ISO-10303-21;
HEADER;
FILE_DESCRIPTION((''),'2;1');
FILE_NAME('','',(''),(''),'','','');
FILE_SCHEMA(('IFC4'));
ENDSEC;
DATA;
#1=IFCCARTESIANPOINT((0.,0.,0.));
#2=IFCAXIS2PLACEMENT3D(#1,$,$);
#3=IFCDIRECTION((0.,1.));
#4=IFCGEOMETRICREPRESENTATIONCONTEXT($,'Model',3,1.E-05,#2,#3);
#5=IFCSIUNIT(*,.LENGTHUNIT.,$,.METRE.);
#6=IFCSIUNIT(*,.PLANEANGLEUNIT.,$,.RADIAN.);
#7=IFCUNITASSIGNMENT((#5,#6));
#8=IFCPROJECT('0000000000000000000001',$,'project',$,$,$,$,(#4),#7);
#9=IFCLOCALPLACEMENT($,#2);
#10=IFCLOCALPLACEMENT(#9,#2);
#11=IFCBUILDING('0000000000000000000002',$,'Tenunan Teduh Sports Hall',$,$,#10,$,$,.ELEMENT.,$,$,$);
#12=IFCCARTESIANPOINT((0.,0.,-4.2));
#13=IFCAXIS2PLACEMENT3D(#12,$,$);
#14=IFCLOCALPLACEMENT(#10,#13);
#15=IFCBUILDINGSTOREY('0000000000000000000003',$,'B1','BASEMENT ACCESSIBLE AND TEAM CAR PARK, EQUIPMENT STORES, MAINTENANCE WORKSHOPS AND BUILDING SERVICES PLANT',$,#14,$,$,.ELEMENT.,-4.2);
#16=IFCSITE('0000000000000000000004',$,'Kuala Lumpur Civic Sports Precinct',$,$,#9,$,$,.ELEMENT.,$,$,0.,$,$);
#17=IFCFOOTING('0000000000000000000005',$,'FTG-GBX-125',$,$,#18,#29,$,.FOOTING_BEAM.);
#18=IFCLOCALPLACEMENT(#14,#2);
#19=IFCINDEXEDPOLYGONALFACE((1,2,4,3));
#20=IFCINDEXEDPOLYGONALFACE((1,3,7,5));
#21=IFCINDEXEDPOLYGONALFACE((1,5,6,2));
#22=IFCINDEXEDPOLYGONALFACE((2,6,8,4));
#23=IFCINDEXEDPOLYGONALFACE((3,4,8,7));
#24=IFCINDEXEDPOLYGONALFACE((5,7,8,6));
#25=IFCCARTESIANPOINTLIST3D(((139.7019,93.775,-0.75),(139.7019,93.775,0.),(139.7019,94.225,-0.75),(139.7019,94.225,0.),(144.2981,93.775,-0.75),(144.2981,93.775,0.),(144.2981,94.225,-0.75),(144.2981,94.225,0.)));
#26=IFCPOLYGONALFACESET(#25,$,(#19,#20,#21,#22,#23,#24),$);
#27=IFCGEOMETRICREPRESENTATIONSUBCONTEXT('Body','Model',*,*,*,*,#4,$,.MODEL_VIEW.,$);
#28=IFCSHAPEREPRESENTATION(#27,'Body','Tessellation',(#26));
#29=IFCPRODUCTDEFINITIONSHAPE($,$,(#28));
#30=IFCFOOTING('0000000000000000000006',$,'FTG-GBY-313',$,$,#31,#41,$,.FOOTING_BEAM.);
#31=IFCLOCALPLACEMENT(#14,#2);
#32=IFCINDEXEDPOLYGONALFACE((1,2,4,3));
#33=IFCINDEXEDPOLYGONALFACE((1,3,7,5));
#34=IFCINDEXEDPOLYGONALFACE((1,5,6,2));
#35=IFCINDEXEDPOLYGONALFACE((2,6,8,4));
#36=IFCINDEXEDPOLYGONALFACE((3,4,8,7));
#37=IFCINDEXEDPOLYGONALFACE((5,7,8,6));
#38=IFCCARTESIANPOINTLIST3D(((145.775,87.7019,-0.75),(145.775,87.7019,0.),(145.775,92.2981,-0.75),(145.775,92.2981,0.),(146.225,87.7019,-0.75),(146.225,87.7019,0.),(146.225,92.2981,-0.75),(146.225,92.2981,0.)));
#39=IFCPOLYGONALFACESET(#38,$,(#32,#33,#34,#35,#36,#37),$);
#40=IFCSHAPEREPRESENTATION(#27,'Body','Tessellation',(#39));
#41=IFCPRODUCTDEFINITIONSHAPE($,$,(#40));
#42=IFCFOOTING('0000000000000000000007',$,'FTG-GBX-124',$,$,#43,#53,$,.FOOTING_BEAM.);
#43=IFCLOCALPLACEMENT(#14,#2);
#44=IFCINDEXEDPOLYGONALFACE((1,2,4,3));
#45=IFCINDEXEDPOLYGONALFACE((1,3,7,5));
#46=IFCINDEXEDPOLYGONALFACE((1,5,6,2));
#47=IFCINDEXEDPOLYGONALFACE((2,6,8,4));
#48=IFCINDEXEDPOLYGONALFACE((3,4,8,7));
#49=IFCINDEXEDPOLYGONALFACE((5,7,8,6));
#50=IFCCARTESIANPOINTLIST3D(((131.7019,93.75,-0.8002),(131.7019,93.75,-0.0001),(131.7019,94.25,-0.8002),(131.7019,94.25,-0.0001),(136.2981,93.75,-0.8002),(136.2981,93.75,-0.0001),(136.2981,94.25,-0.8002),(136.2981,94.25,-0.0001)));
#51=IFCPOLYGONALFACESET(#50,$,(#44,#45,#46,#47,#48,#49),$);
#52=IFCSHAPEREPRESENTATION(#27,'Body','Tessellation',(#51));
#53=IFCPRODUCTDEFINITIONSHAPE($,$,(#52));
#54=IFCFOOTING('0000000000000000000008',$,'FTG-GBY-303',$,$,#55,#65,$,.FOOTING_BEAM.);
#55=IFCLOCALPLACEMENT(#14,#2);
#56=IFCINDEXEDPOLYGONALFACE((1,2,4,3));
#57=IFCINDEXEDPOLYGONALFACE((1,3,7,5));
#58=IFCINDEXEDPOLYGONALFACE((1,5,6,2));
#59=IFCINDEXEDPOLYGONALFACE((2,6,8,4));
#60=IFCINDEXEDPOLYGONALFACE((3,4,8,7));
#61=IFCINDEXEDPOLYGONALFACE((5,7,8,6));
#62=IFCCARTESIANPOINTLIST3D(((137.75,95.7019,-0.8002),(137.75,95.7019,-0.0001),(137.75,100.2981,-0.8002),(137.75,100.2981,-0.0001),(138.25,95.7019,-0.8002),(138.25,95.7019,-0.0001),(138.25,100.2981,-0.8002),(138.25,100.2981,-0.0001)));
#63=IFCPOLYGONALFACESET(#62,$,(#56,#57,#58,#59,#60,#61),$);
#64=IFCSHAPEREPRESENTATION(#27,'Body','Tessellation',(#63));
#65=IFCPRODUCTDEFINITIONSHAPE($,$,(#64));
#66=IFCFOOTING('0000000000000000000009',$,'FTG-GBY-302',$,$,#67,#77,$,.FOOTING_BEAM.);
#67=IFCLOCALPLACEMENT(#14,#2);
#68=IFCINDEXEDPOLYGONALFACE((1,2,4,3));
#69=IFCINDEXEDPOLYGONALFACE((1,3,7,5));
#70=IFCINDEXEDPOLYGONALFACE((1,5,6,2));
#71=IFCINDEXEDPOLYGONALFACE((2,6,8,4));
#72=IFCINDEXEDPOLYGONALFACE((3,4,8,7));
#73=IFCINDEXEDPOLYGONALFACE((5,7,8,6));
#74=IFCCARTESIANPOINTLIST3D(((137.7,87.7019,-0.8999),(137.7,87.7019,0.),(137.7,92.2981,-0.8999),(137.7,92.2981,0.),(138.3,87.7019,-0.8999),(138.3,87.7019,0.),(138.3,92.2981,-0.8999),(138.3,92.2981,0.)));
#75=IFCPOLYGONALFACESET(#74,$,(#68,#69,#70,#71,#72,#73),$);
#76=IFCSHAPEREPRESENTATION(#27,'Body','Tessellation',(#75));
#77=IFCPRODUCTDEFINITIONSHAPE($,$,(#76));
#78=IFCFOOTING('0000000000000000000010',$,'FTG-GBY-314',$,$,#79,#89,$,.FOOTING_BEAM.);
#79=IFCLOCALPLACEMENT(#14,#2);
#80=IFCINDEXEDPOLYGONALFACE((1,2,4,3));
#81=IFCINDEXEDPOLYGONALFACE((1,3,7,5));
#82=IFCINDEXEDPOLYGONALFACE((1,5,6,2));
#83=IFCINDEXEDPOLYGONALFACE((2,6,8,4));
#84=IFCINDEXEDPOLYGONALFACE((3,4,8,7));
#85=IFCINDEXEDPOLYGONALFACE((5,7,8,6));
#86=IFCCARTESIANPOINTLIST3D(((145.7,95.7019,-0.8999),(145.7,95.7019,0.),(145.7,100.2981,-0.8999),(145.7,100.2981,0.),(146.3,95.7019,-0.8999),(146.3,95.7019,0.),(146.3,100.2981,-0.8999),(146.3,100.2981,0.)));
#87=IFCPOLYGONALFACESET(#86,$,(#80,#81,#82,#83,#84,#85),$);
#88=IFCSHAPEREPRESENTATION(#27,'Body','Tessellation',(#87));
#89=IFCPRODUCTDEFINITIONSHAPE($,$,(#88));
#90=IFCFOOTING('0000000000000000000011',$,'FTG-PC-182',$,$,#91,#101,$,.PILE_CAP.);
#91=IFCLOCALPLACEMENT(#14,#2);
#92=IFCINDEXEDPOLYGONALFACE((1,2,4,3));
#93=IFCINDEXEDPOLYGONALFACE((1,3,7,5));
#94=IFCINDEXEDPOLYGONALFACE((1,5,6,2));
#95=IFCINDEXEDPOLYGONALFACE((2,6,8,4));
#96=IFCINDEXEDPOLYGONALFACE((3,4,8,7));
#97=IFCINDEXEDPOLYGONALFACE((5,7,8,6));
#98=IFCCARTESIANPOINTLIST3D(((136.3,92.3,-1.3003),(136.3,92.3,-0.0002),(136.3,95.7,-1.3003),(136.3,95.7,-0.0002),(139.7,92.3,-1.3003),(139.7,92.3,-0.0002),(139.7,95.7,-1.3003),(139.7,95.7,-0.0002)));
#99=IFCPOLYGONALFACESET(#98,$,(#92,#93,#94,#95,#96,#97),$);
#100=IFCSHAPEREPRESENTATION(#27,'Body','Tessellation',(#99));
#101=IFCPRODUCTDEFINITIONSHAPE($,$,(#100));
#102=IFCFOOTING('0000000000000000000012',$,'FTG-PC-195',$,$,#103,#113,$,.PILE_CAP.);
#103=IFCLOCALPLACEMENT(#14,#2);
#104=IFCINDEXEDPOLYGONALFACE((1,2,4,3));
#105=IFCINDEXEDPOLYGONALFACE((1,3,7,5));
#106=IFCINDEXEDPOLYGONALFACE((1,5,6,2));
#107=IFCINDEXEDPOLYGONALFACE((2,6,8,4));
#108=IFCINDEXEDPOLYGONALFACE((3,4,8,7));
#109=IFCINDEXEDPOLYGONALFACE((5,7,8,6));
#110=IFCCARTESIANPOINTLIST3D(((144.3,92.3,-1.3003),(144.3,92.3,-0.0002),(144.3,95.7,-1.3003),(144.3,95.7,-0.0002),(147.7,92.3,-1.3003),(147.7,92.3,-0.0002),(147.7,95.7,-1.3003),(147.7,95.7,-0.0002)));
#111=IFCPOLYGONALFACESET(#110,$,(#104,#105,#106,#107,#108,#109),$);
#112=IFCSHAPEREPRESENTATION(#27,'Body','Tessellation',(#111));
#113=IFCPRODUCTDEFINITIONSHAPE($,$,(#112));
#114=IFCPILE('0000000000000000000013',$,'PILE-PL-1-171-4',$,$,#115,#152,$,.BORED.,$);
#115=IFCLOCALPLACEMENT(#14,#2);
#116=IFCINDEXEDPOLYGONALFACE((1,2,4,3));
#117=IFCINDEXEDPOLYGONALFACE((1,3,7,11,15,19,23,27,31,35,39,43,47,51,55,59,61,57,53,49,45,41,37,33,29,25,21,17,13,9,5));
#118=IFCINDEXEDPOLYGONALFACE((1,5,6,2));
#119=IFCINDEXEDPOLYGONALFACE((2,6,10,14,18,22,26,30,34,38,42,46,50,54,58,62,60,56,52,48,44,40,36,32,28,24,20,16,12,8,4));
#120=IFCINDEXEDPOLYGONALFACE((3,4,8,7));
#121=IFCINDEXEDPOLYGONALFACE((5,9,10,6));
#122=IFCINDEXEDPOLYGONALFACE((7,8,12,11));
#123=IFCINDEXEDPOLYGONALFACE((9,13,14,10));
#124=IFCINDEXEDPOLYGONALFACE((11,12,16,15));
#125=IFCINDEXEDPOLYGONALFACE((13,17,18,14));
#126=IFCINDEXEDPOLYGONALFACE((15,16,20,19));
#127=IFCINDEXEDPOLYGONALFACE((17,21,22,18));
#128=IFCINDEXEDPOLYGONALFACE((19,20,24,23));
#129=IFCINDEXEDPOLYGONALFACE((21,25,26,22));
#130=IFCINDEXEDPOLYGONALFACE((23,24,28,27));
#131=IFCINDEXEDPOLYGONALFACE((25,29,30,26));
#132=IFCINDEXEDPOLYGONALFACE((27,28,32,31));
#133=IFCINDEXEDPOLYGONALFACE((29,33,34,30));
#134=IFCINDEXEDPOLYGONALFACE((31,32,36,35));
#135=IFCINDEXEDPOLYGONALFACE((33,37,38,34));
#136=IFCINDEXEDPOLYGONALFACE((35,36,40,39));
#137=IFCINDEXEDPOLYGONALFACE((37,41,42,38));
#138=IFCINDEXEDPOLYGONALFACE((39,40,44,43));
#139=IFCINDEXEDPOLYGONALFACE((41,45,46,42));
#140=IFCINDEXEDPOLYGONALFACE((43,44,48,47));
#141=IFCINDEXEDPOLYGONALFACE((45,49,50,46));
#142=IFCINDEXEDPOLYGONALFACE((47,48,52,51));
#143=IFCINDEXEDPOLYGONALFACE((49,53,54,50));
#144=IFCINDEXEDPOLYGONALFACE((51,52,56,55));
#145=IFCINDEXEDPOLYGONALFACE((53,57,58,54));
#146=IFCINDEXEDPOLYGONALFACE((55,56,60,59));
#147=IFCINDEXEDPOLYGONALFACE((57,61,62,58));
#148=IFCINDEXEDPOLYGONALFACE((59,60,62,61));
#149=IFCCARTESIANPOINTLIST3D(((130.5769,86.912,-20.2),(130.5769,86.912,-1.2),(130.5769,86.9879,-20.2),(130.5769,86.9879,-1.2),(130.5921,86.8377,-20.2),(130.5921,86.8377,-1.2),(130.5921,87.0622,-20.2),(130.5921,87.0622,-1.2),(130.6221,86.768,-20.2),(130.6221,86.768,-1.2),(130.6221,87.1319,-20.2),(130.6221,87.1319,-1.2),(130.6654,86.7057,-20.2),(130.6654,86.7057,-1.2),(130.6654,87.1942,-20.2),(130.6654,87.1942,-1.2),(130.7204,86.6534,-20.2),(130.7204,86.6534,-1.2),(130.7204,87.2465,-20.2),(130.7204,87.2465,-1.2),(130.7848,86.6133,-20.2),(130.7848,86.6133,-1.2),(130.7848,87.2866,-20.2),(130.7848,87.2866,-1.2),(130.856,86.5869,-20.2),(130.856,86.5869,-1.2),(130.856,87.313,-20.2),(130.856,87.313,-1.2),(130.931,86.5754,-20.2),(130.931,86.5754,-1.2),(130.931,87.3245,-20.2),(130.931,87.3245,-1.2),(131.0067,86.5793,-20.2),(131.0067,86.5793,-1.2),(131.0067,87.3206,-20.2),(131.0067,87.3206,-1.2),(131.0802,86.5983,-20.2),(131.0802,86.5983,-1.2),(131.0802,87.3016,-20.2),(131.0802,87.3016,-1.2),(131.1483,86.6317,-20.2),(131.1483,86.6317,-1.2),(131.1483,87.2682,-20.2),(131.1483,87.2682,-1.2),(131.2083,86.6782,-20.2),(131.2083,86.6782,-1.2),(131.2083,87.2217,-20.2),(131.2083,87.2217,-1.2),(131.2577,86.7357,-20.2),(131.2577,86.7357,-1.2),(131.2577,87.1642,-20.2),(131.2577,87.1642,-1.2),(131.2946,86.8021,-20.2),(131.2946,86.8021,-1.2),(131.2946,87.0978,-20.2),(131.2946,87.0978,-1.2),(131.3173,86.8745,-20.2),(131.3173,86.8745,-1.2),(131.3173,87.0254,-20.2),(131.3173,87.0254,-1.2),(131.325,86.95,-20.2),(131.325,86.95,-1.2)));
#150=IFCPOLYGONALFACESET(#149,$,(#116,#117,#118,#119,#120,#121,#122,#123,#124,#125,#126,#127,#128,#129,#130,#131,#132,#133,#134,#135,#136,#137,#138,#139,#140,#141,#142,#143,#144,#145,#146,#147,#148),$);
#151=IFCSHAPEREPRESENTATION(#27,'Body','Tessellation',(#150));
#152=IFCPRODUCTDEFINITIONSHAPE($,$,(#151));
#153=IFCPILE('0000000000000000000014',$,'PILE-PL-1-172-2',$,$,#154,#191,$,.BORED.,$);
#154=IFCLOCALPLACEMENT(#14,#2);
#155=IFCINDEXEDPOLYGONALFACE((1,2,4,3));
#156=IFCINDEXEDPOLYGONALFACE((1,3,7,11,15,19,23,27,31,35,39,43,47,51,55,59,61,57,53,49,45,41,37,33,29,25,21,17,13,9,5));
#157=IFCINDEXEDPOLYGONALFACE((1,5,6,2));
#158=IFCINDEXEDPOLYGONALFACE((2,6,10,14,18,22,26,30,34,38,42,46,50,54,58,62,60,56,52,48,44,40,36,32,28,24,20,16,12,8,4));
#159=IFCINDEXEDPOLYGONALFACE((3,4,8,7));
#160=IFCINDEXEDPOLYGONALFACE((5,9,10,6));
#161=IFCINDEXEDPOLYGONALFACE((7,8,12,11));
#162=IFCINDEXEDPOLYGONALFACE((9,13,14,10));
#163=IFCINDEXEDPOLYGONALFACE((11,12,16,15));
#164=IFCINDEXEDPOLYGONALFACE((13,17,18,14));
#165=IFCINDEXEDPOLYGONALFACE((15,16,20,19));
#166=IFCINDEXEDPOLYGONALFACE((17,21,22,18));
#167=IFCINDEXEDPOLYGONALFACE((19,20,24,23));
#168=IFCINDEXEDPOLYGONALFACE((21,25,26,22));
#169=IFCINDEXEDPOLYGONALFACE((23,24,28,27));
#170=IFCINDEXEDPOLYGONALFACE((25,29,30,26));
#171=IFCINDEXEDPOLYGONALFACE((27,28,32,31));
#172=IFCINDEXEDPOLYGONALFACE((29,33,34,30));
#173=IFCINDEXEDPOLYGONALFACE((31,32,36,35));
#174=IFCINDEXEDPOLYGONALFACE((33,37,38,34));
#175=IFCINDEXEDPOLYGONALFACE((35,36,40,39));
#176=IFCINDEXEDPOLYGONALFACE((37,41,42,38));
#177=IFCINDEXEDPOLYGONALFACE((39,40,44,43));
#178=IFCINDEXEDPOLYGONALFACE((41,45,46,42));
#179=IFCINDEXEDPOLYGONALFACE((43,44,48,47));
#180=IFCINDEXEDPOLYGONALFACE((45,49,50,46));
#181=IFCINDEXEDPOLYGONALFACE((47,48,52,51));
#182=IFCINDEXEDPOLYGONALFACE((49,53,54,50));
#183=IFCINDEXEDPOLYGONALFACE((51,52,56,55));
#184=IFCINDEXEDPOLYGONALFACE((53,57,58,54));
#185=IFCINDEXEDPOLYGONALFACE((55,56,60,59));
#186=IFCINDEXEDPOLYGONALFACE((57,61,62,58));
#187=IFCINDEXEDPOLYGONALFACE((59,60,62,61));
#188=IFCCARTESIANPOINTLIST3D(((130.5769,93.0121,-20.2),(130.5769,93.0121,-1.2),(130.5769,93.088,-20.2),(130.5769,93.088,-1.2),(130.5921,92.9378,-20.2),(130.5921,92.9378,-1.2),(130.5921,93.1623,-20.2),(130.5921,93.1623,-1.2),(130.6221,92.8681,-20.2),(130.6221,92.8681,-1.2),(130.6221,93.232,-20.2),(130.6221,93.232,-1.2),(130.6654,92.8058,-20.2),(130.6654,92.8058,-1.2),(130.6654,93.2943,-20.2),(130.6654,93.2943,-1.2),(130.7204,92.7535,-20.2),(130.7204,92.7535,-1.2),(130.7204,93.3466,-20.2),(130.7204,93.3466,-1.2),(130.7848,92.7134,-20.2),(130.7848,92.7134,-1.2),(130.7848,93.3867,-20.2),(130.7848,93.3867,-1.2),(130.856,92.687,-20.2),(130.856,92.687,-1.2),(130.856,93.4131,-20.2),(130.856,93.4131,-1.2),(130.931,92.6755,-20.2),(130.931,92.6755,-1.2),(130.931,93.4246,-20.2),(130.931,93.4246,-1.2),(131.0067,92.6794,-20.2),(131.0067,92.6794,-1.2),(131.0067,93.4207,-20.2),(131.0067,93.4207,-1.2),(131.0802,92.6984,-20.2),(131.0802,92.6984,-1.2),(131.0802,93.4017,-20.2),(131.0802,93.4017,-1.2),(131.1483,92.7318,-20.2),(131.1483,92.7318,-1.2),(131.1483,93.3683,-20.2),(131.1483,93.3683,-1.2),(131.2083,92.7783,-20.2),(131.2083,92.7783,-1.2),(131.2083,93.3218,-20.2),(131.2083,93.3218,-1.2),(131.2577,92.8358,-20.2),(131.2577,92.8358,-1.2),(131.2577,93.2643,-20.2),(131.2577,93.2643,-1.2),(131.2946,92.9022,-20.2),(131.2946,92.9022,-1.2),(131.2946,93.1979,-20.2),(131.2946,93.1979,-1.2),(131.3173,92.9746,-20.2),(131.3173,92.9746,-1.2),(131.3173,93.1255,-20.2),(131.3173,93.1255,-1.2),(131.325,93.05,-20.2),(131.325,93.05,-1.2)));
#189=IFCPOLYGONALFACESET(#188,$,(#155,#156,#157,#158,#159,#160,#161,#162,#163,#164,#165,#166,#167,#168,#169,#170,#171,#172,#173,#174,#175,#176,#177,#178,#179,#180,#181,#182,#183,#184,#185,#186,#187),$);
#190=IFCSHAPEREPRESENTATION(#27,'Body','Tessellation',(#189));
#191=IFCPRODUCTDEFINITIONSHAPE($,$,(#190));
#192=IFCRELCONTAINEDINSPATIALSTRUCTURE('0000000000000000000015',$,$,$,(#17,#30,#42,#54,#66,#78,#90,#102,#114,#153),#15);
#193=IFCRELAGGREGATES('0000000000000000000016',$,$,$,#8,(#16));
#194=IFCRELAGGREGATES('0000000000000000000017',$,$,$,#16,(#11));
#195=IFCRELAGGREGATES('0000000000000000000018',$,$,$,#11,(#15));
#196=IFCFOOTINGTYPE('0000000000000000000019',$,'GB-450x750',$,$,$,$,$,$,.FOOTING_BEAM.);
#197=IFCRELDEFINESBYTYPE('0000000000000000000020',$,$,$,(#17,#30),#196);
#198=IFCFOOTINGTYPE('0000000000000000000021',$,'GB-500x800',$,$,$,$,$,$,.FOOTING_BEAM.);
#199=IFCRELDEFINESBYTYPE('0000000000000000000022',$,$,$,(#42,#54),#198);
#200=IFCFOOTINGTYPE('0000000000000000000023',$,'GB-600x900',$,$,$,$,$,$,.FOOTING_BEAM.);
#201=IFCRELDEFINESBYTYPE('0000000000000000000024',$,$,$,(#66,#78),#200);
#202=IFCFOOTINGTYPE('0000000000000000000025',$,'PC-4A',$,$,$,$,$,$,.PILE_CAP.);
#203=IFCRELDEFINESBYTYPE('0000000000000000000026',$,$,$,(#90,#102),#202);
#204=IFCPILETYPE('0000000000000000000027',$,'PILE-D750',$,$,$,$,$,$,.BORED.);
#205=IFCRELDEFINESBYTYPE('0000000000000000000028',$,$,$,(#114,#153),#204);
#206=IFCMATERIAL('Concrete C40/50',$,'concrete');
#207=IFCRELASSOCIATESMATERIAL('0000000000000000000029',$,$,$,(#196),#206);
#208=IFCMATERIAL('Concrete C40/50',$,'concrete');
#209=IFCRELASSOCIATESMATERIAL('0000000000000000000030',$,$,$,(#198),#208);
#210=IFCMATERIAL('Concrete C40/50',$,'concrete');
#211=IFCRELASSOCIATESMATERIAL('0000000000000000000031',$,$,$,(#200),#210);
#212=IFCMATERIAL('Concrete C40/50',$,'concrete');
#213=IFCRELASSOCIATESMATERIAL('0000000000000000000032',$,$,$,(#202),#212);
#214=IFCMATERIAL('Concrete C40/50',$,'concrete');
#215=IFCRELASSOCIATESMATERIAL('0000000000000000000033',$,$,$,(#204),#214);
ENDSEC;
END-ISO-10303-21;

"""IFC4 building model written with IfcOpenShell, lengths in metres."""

from ifc_helpers import new_model, si_unit, direction, frame, origin, origin_2d, place, context, subcontext, project, spatial, rectangle, circle, extrude, material, material_profile, profile_set, type_object, element, save


model = new_model("IFC4")

# Units and contexts
model_context = context("Model", 3, precision=1e-05, world=origin(), true_north=direction((0.0, 1.0)))
body_context = subcontext(model_context, "Body", "Model", "MODEL_VIEW")
ifc_project = project(units=[si_unit("LENGTHUNIT", "METRE"), si_unit("PLANEANGLEUNIT", "RADIAN")], contexts=[model_context])

# Site, building, storey
site_placement = place(None, origin())
site = spatial("IfcSite", under=ifc_project, at=site_placement, Name="Kuala Lumpur Civic Sports Precinct", CompositionType="ELEMENT", RefElevation=0.0)
building_placement = place(site_placement, origin())
building = spatial("IfcBuilding", under=site, at=building_placement, Name="Tenunan Teduh Sports Hall", CompositionType="ELEMENT")
storey_placement = place(building_placement, frame((0.0, 0.0, -4.2)))
storey = spatial("IfcBuildingStorey", under=building, at=storey_placement, Name="B1", Description="BASEMENT ACCESSIBLE AND TEAM CAR PARK, EQUIPMENT STORES, MAINTENANCE WORKSHOPS AND BUILDING SERVICES PLANT", CompositionType="ELEMENT", Elevation=-4.2)

# Footings
ifc_material_1 = material(Name="Concrete C40/50", Category="concrete")
ifc_material_profile_1 = material_profile(ifc_material_1, rectangle(XDim=0.45, YDim=0.75, at=origin_2d()), Name="RCB 450x750")
ifc_profile_set_1 = profile_set([ifc_material_profile_1], Name="Concrete C40/50")
footing_type_1 = type_object("IfcFootingType", Name="GB-450x750", PredefinedType="FOOTING_BEAM", material=ifc_profile_set_1)
for number, where, z_axis, x_axis, name in (
    (1, (139.7019, 94.0, -0.375), (1.0, 0.0, 0.0), (0.0, 1.0, 0.0), "FTG-GBX-125"),
    (2, (146.0, 87.7019, -0.375), (0.0, 1.0, 0.0), (-1.0, 0.0, 0.0), "FTG-GBY-313"),
):
    element("IfcFooting", number, at=place(storey_placement, frame(where, z_axis=z_axis, x_axis=x_axis)), inside=storey, type_object=footing_type_1, Name=name, PredefinedType="FOOTING_BEAM", context=body_context, shape_type="SweptSolid", body=[
        extrude(rectangle(XDim=0.45, YDim=0.75, at=origin_2d()), origin(), (0.0, 0.0, 1.0), 4.5962),
    ])
ifc_material_2 = material(Name="Concrete C40/50", Category="concrete")
ifc_material_profile_2 = material_profile(ifc_material_2, rectangle(XDim=0.5, YDim=0.8, at=origin_2d()), Name="RCB 500x800")
ifc_profile_set_2 = profile_set([ifc_material_profile_2], Name="Concrete C40/50")
footing_type_2 = type_object("IfcFootingType", Name="GB-500x800", PredefinedType="FOOTING_BEAM", material=ifc_profile_set_2)
for number, where, z_axis, x_axis, name in (
    (3, (131.7019, 94.0, -0.4001), (1.0, 0.0, 0.0), (0.0, 1.0, 0.0), "FTG-GBX-124"),
    (4, (138.0, 95.7019, -0.4001), (0.0, 1.0, 0.0), (-1.0, 0.0, 0.0), "FTG-GBY-303"),
):
    element("IfcFooting", number, at=place(storey_placement, frame(where, z_axis=z_axis, x_axis=x_axis)), inside=storey, type_object=footing_type_2, Name=name, PredefinedType="FOOTING_BEAM", context=body_context, shape_type="SweptSolid", body=[
        extrude(rectangle(XDim=0.5, YDim=0.8, at=origin_2d()), origin(), (0.0, 0.0, 1.0), 4.5962),
    ])
ifc_material_3 = material(Name="Concrete C40/50", Category="concrete")
ifc_material_profile_3 = material_profile(ifc_material_3, rectangle(XDim=0.6001, YDim=0.8999, at=origin_2d()), Name="RCB 600x900")
ifc_profile_set_3 = profile_set([ifc_material_profile_3], Name="Concrete C40/50")
footing_type_3 = type_object("IfcFootingType", Name="GB-600x900", PredefinedType="FOOTING_BEAM", material=ifc_profile_set_3)
for number, where, z_axis, x_axis, name in (
    (5, (138.0, 87.7019, -0.45), (0.0, 1.0, 0.0), (-1.0, 0.0, 0.0), "FTG-GBY-302"),
    (6, (146.0, 95.7019, -0.45), (0.0, 1.0, 0.0), (-1.0, 0.0, 0.0), "FTG-GBY-314"),
):
    element("IfcFooting", number, at=place(storey_placement, frame(where, z_axis=z_axis, x_axis=x_axis)), inside=storey, type_object=footing_type_3, Name=name, PredefinedType="FOOTING_BEAM", context=body_context, shape_type="SweptSolid", body=[
        extrude(rectangle(XDim=0.6001, YDim=0.8999, at=origin_2d()), origin(), (0.0, 0.0, 1.0), 4.5962),
    ])
ifc_material_4 = material(Name="Concrete C40/50", Category="concrete")
footing_type_4 = type_object("IfcFootingType", Name="PC-4A", PredefinedType="PILE_CAP", material=ifc_material_4)
for number, where, z_axis, x_axis, name in (
    (7, (138.0, 94.0, -1.3003), (0.0, 0.0, 1.0), (1.0, 0.0, 0.0), "FTG-PC-182"),
    (8, (146.0, 94.0, -1.3003), (0.0, 0.0, 1.0), (1.0, 0.0, 0.0), "FTG-PC-195"),
):
    element("IfcFooting", number, at=place(storey_placement, frame(where, z_axis=z_axis, x_axis=x_axis)), inside=storey, type_object=footing_type_4, Name=name, PredefinedType="PILE_CAP", context=body_context, shape_type="SweptSolid", body=[
        extrude(rectangle(XDim=3.3999, YDim=3.3999, at=origin_2d()), origin(), (0.0, 0.0, 1.0), 1.3),
    ])

# Piles
ifc_material_5 = material(Name="Concrete C40/50", Category="concrete")
ifc_material_profile_4 = material_profile(ifc_material_5, circle(Radius=0.375, at=origin_2d()), Name="PILE D750")
ifc_profile_set_4 = profile_set([ifc_material_profile_4], Name="Concrete C40/50")
pile_type = type_object("IfcPileType", Name="PILE-D750", PredefinedType="BORED", material=ifc_profile_set_4)
for number, where, z_axis, x_axis, name in (
    (9, (130.95, 86.95, -1.2), (0.0, 0.0, -1.0), (1.0, 0.0, 0.0), "PILE-PL-1-171-4"),
    (10, (130.95, 93.05, -1.2), (0.0, 0.0, -1.0), (1.0, 0.0, 0.0), "PILE-PL-1-172-2"),
):
    element("IfcPile", number, at=place(storey_placement, frame(where, z_axis=z_axis, x_axis=x_axis)), inside=storey, type_object=pile_type, Name=name, PredefinedType="BORED", context=body_context, shape_type="SweptSolid", body=[
        extrude(circle(Radius=0.375, at=origin_2d()), origin(), (0.0, 0.0, 1.0), 19.0),
    ])

save(model, "model.ifc")
